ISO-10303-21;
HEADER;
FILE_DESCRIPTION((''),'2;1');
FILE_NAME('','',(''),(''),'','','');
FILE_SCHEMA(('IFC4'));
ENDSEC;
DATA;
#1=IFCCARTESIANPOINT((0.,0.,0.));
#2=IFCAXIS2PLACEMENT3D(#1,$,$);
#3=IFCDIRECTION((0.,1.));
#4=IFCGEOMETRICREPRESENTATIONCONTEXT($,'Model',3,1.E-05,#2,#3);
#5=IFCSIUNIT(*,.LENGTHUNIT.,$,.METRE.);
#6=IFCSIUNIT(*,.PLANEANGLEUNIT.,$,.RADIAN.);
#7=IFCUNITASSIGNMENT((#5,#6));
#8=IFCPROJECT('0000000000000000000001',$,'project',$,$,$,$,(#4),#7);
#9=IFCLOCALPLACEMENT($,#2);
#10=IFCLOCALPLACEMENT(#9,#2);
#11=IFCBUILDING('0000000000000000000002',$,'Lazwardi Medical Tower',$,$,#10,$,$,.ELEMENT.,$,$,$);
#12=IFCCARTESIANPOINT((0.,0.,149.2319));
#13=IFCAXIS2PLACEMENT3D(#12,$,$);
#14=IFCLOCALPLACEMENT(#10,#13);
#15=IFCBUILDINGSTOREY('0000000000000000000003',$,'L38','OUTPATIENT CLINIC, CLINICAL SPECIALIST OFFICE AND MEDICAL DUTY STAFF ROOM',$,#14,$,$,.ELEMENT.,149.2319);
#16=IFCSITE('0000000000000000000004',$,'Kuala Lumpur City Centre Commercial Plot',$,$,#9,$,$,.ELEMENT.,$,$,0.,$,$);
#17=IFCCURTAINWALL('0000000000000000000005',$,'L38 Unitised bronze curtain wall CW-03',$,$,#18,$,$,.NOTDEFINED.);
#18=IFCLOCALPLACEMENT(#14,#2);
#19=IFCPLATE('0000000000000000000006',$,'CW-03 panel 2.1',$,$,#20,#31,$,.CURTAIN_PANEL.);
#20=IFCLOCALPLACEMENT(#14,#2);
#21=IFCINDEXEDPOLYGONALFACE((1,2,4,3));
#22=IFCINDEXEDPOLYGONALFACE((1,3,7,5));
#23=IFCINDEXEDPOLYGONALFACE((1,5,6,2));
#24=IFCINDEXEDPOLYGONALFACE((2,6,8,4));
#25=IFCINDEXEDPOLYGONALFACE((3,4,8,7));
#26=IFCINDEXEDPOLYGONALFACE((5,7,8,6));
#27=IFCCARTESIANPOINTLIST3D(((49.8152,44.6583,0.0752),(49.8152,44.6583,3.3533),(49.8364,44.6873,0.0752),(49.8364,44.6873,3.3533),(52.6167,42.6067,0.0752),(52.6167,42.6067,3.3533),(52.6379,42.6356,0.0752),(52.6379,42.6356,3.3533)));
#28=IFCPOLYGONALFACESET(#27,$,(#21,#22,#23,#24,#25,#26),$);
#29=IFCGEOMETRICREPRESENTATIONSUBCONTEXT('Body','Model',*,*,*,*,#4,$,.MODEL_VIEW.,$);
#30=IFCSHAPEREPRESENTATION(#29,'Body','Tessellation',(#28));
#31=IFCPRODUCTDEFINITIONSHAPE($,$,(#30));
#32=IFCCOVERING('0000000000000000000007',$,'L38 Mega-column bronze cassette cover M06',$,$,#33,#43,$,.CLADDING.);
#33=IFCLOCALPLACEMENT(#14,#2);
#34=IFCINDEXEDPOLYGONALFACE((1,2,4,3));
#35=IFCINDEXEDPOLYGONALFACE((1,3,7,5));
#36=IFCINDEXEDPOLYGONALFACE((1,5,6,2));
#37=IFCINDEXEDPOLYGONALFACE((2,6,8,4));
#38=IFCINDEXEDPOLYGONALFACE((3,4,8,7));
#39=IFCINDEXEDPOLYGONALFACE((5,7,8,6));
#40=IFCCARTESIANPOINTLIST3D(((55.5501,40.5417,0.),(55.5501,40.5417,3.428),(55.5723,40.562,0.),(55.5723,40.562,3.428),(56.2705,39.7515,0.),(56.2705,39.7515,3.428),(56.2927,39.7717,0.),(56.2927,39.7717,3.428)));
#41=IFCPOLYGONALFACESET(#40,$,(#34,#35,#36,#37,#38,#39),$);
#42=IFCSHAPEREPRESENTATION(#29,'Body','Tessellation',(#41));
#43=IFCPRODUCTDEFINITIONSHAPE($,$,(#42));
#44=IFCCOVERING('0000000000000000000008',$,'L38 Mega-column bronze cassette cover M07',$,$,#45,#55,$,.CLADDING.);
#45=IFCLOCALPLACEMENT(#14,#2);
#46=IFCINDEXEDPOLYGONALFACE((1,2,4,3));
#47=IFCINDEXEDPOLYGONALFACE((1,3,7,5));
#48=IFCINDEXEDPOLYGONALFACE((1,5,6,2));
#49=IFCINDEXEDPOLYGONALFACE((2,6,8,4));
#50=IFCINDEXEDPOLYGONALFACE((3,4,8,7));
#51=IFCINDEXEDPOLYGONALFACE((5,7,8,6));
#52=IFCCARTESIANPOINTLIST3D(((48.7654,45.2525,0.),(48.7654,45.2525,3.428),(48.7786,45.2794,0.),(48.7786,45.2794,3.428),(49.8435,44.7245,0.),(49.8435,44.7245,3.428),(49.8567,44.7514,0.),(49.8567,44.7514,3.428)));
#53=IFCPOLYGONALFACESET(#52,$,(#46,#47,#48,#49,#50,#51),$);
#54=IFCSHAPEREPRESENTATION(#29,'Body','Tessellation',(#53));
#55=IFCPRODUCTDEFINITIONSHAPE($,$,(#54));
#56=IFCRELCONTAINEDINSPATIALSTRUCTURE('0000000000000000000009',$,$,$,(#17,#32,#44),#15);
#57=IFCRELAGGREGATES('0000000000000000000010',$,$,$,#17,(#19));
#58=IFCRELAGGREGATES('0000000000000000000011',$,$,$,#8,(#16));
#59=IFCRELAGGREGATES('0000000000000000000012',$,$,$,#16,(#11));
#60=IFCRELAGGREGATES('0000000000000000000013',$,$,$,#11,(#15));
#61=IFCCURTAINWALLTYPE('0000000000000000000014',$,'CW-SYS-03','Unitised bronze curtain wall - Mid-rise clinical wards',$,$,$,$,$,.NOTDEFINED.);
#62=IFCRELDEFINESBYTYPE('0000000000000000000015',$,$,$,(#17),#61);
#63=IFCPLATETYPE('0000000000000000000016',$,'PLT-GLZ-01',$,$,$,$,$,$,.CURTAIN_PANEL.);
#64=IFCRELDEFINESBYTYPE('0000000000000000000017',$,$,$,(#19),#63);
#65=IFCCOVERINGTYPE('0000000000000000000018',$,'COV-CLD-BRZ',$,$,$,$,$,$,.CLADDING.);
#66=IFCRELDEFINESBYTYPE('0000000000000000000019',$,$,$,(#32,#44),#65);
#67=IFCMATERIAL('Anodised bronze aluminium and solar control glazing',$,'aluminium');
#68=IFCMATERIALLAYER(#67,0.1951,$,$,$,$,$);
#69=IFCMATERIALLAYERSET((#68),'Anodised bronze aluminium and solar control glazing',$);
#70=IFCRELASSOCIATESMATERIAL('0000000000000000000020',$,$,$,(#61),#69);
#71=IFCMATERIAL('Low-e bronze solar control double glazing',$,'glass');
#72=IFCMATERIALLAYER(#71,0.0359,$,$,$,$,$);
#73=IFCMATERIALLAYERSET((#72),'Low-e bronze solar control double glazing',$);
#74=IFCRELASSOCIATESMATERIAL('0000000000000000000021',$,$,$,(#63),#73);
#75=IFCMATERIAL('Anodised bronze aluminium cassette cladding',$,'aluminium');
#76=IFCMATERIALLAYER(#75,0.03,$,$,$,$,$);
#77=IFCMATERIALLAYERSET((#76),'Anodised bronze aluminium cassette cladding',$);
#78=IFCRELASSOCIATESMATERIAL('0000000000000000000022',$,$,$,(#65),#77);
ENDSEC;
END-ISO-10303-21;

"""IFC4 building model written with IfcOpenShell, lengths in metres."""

from ifc_helpers import new_model, si_unit, direction, frame, origin, origin_2d, place, context, subcontext, project, spatial, rectangle, extrude, material, layer, layer_set, type_object, element, aggregate, save


model = new_model("IFC4")

# Units and contexts
model_context = context("Model", 3, precision=1e-05, world=origin(), true_north=direction((0.0, 1.0)))
body_context = subcontext(model_context, "Body", "Model", "MODEL_VIEW")
ifc_project = project(units=[si_unit("LENGTHUNIT", "METRE"), si_unit("PLANEANGLEUNIT", "RADIAN")], contexts=[model_context])

# Site, building, storey
site_placement = place(None, origin())
site = spatial("IfcSite", under=ifc_project, at=site_placement, Name="Kuala Lumpur City Centre Commercial Plot", CompositionType="ELEMENT", RefElevation=0.0)
building_placement = place(site_placement, origin())
building = spatial("IfcBuilding", under=site, at=building_placement, Name="Lazwardi Medical Tower", CompositionType="ELEMENT")
storey_placement = place(building_placement, frame((0.0, 0.0, 149.2319)))
storey = spatial("IfcBuildingStorey", under=building, at=storey_placement, Name="L38", Description="OUTPATIENT CLINIC, CLINICAL SPECIALIST OFFICE AND MEDICAL DUTY STAFF ROOM", CompositionType="ELEMENT", Elevation=149.2319)

# Shared definitions
ifc_material_1 = material(Name="Anodised bronze aluminium and solar control glazing", Category="aluminium")
ifc_layer_1 = layer(ifc_material_1, 0.1951)
ifc_layer_set_1 = layer_set([ifc_layer_1], Name="Anodised bronze aluminium and solar control glazing")
curtain_wall_type = type_object("IfcCurtainWallType", Name="CW-SYS-03", Description="Unitised bronze curtain wall - Mid-rise clinical wards", PredefinedType="NOTDEFINED", material=ifc_layer_set_1)

# Curtain wall
curtain_wall_1_placement = place(storey_placement, origin())
curtain_wall_1 = element("IfcCurtainWall", 1, at=curtain_wall_1_placement, inside=storey, type_object=curtain_wall_type, Name="L38 Unitised bronze curtain wall CW-03", PredefinedType="NOTDEFINED")

# Plate
ifc_material_2 = material(Name="Low-e bronze solar control double glazing", Category="glass")
ifc_layer_2 = layer(ifc_material_2, 0.0359)
ifc_layer_set_2 = layer_set([ifc_layer_2], Name="Low-e bronze solar control double glazing")
plate_type = type_object("IfcPlateType", Name="PLT-GLZ-01", PredefinedType="CURTAIN_PANEL", material=ifc_layer_set_2)
plate_1_placement = place(storey_placement, frame((51.2266, 43.647, 0.0752), z_axis=(0.0, 0.0, 1.0), x_axis=(-0.806793, 0.590834, 0.0)))
plate_1 = element("IfcPlate", 2, at=plate_1_placement, type_object=plate_type, Name="CW-03 panel 2.1", PredefinedType="CURTAIN_PANEL", context=body_context, shape_type="SweptSolid", body=[
    extrude(rectangle(XDim=3.4724, YDim=0.0359, at=origin_2d()), origin(), (0.0, 0.0, 1.0), 3.2781),
])
aggregate(curtain_wall_1, [plate_1])

# Coverings
ifc_material_3 = material(Name="Anodised bronze aluminium cassette cladding", Category="aluminium")
ifc_layer_3 = layer(ifc_material_3, 0.03)
ifc_layer_set_3 = layer_set([ifc_layer_3], Name="Anodised bronze aluminium cassette cladding")
covering_type = type_object("IfcCoveringType", Name="COV-CLD-BRZ", PredefinedType="CLADDING", material=ifc_layer_set_3)
covering_1_placement = place(storey_placement, frame((55.9214, 40.1567, 0.0), z_axis=(0.0, 0.0, 1.0), x_axis=(-0.673714, 0.738992, 0.0)))
element("IfcCovering", 3, at=covering_1_placement, inside=storey, type_object=covering_type, Name="L38 Mega-column bronze cassette cover M06", PredefinedType="CLADDING", context=body_context, shape_type="SweptSolid", body=[
    extrude(rectangle(XDim=1.0693, YDim=0.03, at=origin_2d()), origin(), (0.0, 0.0, 1.0), 3.428),
])
covering_2_placement = place(storey_placement, frame((49.311, 45.002, 0.0), z_axis=(0.0, 0.0, 1.0), x_axis=(-0.898079, 0.439834, 0.0)))
element("IfcCovering", 4, at=covering_2_placement, inside=storey, type_object=covering_type, Name="L38 Mega-column bronze cassette cover M07", PredefinedType="CLADDING", context=body_context, shape_type="SweptSolid", body=[
    extrude(rectangle(XDim=1.2004, YDim=0.03, at=origin_2d()), origin(), (0.0, 0.0, 1.0), 3.428),
])

save(model, "model.ifc")
